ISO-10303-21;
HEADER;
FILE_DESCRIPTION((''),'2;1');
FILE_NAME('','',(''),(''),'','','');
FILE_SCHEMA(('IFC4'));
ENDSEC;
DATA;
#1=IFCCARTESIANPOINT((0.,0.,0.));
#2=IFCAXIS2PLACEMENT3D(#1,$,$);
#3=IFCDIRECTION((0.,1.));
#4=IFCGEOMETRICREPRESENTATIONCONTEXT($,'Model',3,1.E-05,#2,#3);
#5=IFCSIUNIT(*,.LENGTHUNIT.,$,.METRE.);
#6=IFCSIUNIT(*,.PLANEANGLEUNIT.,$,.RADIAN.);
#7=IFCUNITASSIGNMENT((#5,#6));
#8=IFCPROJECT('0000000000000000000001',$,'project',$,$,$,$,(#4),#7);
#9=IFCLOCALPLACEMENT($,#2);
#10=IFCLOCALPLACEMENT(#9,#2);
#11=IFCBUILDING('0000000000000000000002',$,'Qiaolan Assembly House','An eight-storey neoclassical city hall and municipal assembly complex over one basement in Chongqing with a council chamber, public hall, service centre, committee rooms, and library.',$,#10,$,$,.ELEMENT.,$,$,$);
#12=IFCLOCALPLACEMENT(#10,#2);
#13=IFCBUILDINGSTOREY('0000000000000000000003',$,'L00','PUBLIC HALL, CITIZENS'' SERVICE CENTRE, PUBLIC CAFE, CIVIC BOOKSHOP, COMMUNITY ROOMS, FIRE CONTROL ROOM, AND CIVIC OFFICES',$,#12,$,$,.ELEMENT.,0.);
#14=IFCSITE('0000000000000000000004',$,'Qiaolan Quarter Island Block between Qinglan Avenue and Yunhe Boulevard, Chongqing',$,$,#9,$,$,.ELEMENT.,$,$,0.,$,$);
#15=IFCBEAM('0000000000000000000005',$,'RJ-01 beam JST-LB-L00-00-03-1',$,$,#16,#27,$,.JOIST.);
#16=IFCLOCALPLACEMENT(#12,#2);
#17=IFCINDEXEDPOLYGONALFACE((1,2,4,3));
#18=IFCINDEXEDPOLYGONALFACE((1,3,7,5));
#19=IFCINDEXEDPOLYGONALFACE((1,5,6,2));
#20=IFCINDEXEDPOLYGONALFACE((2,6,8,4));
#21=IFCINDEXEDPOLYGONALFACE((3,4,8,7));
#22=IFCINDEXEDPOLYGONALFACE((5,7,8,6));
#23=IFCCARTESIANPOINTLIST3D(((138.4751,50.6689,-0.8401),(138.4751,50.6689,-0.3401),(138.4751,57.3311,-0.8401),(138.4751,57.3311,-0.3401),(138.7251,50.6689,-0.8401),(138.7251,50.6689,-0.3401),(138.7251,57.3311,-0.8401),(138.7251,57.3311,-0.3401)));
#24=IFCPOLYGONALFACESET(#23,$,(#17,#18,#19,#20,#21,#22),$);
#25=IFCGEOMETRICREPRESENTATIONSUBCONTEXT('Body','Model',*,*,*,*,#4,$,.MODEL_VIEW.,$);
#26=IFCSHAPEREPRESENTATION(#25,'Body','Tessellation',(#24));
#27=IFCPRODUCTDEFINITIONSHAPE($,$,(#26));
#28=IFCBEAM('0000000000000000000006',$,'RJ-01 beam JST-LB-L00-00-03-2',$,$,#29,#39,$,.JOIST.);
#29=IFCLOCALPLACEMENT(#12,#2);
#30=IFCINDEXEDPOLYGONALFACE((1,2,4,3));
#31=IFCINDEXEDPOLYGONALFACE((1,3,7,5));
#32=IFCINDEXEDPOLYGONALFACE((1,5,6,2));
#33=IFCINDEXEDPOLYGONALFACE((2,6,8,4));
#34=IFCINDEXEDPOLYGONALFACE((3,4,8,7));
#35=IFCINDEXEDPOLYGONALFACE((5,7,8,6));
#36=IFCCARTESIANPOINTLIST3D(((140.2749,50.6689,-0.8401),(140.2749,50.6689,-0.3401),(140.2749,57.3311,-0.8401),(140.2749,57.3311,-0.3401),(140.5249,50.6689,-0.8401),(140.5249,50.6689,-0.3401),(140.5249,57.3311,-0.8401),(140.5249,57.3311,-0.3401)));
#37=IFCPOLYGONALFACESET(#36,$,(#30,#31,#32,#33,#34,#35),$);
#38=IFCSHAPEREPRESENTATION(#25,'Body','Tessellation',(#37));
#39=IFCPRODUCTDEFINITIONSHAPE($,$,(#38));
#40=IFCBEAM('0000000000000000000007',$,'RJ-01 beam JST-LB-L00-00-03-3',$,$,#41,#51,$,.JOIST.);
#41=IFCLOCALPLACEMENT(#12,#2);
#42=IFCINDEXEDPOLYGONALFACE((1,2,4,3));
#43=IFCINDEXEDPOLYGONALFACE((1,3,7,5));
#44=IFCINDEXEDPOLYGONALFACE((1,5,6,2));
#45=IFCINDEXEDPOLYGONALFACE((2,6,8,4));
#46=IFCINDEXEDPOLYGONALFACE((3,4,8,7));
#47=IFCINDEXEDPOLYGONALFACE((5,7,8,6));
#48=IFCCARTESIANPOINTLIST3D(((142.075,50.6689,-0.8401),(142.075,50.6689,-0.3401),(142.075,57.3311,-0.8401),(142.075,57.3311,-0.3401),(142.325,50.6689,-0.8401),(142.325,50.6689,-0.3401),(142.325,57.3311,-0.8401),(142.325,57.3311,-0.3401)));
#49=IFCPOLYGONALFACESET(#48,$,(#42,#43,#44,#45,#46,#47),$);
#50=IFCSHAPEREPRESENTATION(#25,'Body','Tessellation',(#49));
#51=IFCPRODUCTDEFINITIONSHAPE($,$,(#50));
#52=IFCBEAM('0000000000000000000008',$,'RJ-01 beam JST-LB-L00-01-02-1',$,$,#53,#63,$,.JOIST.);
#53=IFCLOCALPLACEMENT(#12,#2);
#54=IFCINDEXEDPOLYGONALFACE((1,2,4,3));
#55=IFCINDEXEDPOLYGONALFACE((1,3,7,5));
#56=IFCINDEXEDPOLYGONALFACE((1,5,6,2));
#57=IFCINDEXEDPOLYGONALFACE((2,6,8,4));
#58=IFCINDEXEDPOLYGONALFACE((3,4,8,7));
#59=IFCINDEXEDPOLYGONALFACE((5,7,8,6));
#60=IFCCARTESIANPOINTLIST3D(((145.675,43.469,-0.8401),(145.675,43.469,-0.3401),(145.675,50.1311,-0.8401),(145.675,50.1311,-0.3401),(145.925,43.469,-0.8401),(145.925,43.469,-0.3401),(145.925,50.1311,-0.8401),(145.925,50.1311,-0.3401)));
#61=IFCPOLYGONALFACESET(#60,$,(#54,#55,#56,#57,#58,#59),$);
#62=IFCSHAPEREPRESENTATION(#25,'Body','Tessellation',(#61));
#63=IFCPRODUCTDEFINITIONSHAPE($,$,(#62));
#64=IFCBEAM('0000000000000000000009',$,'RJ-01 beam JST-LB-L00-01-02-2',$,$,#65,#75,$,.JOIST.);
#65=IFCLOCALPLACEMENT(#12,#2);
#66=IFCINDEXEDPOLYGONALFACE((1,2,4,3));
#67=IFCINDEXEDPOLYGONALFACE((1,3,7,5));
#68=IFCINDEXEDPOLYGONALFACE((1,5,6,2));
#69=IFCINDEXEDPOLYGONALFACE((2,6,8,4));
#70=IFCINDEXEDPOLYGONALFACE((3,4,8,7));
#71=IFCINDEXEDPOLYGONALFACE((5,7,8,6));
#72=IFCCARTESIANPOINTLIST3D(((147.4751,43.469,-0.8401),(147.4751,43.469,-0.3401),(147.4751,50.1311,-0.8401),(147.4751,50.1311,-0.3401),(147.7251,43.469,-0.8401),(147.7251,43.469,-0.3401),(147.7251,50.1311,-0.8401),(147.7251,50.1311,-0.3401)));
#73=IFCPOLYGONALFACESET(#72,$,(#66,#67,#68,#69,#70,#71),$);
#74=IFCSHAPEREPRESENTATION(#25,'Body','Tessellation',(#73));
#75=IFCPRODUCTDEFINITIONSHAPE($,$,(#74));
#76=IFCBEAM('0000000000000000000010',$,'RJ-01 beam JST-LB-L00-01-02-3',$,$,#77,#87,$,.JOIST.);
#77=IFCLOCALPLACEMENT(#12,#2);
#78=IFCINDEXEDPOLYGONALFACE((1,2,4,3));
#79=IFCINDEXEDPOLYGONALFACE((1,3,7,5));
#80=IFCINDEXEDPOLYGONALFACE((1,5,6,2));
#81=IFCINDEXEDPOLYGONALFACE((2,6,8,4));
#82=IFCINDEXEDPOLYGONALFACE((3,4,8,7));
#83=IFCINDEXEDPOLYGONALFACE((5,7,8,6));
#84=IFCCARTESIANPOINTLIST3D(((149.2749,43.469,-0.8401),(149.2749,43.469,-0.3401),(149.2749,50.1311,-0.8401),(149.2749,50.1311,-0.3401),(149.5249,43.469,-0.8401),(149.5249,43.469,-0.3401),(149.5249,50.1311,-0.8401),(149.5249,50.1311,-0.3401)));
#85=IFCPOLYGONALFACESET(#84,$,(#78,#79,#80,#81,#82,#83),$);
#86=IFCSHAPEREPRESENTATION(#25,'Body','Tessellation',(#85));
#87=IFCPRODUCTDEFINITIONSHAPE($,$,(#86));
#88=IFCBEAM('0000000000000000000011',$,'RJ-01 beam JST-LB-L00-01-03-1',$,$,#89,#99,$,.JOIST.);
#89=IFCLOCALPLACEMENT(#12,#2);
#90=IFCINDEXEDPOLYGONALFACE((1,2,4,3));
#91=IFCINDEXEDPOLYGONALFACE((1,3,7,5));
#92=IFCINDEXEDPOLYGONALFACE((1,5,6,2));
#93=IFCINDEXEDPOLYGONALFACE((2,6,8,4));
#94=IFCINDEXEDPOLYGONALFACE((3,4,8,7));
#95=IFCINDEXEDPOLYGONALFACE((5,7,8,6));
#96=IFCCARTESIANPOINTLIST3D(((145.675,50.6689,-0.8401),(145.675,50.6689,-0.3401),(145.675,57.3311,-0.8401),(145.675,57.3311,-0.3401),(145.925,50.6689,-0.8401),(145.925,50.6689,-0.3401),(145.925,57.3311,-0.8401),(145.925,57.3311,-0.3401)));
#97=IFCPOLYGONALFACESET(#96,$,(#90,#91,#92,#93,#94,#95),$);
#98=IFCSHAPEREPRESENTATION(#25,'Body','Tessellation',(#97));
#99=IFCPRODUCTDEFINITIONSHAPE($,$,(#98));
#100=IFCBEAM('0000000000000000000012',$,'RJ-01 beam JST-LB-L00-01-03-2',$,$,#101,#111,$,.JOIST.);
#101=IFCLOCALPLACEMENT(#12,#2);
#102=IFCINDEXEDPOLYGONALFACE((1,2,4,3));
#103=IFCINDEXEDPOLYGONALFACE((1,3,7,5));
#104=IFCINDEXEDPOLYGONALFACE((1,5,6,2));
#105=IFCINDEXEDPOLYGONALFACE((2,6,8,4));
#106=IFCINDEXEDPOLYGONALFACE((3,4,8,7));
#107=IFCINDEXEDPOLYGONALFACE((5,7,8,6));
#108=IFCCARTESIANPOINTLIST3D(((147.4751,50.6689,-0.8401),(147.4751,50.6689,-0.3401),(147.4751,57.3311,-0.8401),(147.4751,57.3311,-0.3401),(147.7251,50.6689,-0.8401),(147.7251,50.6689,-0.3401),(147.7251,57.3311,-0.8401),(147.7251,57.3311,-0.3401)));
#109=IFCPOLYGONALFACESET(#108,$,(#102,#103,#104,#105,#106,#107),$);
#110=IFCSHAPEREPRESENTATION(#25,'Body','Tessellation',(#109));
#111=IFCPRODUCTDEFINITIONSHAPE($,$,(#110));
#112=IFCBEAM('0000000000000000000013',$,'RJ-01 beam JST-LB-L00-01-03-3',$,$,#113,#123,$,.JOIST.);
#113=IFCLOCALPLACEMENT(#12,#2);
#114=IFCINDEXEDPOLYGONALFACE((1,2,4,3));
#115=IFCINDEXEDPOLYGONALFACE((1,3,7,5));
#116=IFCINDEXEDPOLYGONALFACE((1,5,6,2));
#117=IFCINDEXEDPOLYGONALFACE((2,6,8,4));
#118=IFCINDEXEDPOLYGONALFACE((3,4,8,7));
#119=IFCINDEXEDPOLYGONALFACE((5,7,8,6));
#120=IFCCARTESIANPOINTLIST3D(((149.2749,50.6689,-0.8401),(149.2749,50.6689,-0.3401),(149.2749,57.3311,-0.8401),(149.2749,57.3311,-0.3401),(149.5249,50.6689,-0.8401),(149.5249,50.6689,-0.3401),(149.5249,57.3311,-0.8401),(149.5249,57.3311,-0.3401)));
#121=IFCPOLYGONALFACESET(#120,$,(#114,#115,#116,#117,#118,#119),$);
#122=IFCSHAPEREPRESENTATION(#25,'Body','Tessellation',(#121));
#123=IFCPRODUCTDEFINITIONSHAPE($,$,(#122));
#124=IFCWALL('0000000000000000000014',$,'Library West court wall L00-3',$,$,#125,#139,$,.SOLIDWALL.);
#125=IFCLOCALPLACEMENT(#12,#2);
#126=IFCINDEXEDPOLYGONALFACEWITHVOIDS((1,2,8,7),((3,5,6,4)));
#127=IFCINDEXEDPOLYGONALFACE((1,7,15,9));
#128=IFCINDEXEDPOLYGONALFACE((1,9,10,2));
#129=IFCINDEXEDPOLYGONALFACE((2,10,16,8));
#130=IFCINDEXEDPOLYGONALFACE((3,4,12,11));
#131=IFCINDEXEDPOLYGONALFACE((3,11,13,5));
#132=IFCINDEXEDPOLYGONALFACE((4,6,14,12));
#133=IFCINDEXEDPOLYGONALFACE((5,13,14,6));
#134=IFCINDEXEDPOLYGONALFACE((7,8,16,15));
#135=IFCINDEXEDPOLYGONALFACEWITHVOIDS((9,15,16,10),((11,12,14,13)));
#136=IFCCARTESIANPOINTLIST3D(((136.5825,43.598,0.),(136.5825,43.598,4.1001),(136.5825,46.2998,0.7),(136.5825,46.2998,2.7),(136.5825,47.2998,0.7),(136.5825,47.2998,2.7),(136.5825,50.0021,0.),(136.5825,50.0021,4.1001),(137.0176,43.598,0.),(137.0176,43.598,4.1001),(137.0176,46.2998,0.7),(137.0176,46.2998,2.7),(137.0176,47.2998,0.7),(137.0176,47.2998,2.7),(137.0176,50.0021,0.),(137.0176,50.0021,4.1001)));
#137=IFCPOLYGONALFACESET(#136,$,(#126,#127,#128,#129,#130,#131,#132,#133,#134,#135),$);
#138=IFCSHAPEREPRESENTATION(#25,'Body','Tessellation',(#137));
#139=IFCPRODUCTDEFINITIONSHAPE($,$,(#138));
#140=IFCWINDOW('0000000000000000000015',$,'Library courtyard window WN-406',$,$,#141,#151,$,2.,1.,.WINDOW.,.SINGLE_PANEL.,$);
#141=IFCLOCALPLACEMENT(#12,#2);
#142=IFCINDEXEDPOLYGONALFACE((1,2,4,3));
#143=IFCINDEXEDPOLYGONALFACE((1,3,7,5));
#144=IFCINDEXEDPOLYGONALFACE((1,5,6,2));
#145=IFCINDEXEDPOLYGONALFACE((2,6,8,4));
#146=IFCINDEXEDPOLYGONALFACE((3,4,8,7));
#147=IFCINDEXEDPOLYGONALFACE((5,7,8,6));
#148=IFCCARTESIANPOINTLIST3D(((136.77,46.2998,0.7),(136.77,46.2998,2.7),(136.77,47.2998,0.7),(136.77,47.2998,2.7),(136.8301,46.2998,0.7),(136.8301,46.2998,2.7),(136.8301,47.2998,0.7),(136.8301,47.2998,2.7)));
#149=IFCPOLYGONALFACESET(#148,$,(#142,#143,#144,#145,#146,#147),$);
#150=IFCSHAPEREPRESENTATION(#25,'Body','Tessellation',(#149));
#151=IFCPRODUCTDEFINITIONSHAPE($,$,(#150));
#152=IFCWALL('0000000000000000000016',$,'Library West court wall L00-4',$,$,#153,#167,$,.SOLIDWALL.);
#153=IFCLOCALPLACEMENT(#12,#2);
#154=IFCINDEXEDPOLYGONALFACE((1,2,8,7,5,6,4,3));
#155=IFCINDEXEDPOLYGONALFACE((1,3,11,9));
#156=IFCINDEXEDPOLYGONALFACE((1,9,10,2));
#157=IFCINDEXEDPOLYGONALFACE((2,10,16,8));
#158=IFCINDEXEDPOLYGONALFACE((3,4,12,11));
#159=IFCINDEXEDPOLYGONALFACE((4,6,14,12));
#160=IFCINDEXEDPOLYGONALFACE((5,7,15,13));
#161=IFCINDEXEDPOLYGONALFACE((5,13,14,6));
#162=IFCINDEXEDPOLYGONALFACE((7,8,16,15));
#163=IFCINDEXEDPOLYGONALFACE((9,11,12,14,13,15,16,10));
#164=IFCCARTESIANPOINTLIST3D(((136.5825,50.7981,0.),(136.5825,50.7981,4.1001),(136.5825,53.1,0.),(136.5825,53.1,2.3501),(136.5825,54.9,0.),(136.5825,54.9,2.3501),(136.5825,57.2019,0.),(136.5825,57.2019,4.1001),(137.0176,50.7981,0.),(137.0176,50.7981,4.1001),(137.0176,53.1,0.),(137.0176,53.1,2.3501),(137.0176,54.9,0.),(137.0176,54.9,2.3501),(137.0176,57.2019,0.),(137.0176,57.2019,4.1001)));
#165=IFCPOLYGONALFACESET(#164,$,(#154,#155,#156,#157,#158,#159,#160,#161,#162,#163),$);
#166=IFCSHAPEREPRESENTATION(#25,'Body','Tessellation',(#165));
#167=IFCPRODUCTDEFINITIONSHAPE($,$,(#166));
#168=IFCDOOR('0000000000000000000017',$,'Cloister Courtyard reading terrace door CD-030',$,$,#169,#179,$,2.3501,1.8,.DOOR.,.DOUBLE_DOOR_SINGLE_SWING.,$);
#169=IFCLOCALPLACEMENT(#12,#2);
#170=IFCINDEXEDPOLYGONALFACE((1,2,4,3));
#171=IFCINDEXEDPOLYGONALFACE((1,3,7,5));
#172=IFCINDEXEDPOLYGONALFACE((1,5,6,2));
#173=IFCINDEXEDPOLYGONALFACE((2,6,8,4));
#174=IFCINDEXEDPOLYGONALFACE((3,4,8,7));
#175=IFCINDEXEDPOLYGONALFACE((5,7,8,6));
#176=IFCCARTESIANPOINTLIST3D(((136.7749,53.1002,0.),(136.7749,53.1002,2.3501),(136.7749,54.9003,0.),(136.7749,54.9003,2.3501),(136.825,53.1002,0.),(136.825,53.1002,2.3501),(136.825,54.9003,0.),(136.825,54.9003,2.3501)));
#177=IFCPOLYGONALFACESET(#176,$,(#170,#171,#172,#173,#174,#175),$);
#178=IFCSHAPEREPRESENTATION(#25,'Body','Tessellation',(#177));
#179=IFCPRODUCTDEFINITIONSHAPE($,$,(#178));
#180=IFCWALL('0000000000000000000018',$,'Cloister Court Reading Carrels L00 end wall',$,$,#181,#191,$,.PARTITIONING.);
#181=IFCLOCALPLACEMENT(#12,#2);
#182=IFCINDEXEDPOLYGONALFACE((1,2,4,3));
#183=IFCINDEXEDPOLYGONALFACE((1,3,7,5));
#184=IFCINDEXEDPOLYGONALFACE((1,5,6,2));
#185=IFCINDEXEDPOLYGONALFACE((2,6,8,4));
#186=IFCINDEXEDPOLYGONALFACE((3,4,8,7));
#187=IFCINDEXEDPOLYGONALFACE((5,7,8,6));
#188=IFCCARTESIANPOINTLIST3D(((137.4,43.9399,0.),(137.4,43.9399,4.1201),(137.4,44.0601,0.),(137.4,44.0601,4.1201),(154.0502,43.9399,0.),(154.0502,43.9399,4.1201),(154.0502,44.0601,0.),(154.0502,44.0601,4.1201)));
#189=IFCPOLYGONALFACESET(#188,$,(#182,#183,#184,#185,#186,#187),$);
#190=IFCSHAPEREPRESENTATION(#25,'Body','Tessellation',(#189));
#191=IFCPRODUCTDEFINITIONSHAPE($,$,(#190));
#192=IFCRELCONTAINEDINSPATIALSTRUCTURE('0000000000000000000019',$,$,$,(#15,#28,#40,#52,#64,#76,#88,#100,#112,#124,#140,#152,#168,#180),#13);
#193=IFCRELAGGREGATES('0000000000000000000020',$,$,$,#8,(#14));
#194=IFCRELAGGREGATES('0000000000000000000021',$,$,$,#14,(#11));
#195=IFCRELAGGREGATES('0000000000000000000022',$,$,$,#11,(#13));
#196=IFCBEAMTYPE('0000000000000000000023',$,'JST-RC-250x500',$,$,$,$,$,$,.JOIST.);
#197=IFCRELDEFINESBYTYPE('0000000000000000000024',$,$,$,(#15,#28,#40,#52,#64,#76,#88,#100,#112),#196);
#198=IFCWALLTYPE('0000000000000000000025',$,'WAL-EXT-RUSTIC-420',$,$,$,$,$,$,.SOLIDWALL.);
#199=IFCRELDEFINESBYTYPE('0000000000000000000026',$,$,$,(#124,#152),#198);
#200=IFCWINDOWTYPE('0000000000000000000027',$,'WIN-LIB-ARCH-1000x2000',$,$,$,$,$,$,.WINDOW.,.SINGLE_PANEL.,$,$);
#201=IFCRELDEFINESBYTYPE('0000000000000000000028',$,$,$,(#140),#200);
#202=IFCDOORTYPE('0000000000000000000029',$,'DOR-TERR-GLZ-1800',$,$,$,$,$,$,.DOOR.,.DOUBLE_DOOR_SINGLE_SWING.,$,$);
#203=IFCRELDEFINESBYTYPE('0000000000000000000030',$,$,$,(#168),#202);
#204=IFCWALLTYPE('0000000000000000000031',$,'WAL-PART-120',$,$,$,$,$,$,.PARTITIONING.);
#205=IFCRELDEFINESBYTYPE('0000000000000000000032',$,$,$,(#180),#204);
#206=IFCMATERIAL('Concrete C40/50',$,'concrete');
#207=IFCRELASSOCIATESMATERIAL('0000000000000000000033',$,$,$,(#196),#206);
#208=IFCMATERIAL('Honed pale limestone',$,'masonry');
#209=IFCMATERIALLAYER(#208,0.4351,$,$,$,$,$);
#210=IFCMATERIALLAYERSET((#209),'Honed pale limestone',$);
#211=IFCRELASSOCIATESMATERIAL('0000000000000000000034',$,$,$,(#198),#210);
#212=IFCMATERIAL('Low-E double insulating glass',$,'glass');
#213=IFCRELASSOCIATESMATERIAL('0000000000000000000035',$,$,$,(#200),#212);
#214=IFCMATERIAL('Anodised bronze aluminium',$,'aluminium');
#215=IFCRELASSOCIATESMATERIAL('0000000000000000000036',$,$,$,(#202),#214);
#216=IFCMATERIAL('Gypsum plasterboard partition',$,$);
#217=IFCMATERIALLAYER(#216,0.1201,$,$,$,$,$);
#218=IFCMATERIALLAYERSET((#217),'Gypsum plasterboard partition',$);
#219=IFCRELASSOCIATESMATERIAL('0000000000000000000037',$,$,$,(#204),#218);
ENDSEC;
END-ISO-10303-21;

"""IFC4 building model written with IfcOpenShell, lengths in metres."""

from ifc_helpers import new_model, si_unit, direction, frame, frame_2d, origin, origin_2d, place, context, subcontext, project, spatial, rectangle, extrude, material, layer, layer_set, material_profile, profile_set, type_object, element, fill, save


model = new_model("IFC4")

# Units and contexts
model_context = context("Model", 3, precision=1e-05, world=origin(), true_north=direction((0.0, 1.0)))
body_context = subcontext(model_context, "Body", "Model", "MODEL_VIEW")
ifc_project = project(units=[si_unit("LENGTHUNIT", "METRE"), si_unit("PLANEANGLEUNIT", "RADIAN")], contexts=[model_context])

# Site, building, storey
site_placement = place(None, origin())
site = spatial("IfcSite", under=ifc_project, at=site_placement, Name="Qiaolan Quarter Island Block between Qinglan Avenue and Yunhe Boulevard, Chongqing", CompositionType="ELEMENT", RefElevation=0.0)
building_placement = place(site_placement, origin())
building = spatial("IfcBuilding", under=site, at=building_placement, Name="Qiaolan Assembly House", Description="An eight-storey neoclassical city hall and municipal assembly complex over one basement in Chongqing with a council chamber, public hall, service centre, committee rooms, and library.", CompositionType="ELEMENT")
storey_placement = place(building_placement, origin())
storey = spatial("IfcBuildingStorey", under=building, at=storey_placement, Name="L00", Description="PUBLIC HALL, CITIZENS' SERVICE CENTRE, PUBLIC CAFE, CIVIC BOOKSHOP, COMMUNITY ROOMS, FIRE CONTROL ROOM, AND CIVIC OFFICES", CompositionType="ELEMENT", Elevation=0.0)

# Beams
ifc_material_1 = material(Name="Concrete C40/50", Category="concrete")
ifc_material_profile_1 = material_profile(ifc_material_1, rectangle(XDim=0.25, YDim=0.5, at=origin_2d()), Name="RCB 250x500")
ifc_profile_set_1 = profile_set([ifc_material_profile_1], Name="Concrete C40/50")
beam_type_1 = type_object("IfcBeamType", Name="JST-RC-250x500", PredefinedType="JOIST", material=ifc_profile_set_1)
for number, where, z_axis, x_axis, name in (
    (1, (138.6001, 50.6689, -0.5901), (0.0, 1.0, 0.0), (-1.0, 0.0, 0.0), "RJ-01 beam JST-LB-L00-00-03-1"),
    (2, (140.3999, 50.6689, -0.5901), (0.0, 1.0, 0.0), (-1.0, 0.0, 0.0), "RJ-01 beam JST-LB-L00-00-03-2"),
    (3, (142.2, 50.6689, -0.5901), (0.0, 1.0, 0.0), (-1.0, 0.0, 0.0), "RJ-01 beam JST-LB-L00-00-03-3"),
    (4, (145.8, 43.469, -0.5901), (0.0, 1.0, 0.0), (-1.0, 0.0, 0.0), "RJ-01 beam JST-LB-L00-01-02-1"),
    (5, (147.6001, 43.469, -0.5901), (0.0, 1.0, 0.0), (-1.0, 0.0, 0.0), "RJ-01 beam JST-LB-L00-01-02-2"),
    (6, (149.3999, 43.469, -0.5901), (0.0, 1.0, 0.0), (-1.0, 0.0, 0.0), "RJ-01 beam JST-LB-L00-01-02-3"),
    (7, (145.8, 50.6689, -0.5901), (0.0, 1.0, 0.0), (-1.0, 0.0, 0.0), "RJ-01 beam JST-LB-L00-01-03-1"),
    (8, (147.6001, 50.6689, -0.5901), (0.0, 1.0, 0.0), (-1.0, 0.0, 0.0), "RJ-01 beam JST-LB-L00-01-03-2"),
    (9, (149.3999, 50.6689, -0.5901), (0.0, 1.0, 0.0), (-1.0, 0.0, 0.0), "RJ-01 beam JST-LB-L00-01-03-3"),
):
    element("IfcBeam", number, at=place(storey_placement, frame(where, z_axis=z_axis, x_axis=x_axis)), inside=storey, type_object=beam_type_1, Name=name, PredefinedType="JOIST", context=body_context, shape_type="SweptSolid", body=[
        extrude(rectangle(XDim=0.25, YDim=0.5, at=origin_2d()), origin(), (0.0, 0.0, 1.0), 6.6621),
    ])

# Wall, opening, window
ifc_material_2 = material(Name="Honed pale limestone", Category="masonry")
ifc_layer_1 = layer(ifc_material_2, 0.4351)
ifc_layer_set_1 = layer_set([ifc_layer_1], Name="Honed pale limestone")
wall_type_1 = type_object("IfcWallType", Name="WAL-EXT-RUSTIC-420", PredefinedType="SOLIDWALL", material=ifc_layer_set_1)
wall_1_placement = place(storey_placement, frame((136.8, 43.5979, 0.0), z_axis=(0.0, 0.0, 1.0), x_axis=(0.0, 1.0, 0.0)))
wall_1 = element("IfcWall", 10, at=wall_1_placement, inside=storey, type_object=wall_type_1, Name="Library West court wall L00-3", PredefinedType="SOLIDWALL", context=body_context, shape_type="SweptSolid", body=[
    extrude(rectangle(XDim=6.4041, YDim=0.4351, at=frame_2d((3.2021, 0.0))), origin(), (0.0, 0.0, 1.0), 4.1001),
])
opening_1_placement = place(wall_1_placement, frame((2.7019, 0.0, 0.7)))
opening_1 = element("IfcOpeningElement", 11, at=opening_1_placement, cuts=wall_1, PredefinedType="OPENING", context=body_context, shape_type="SweptSolid", body=[
    extrude(rectangle(XDim=1.0, YDim=2.0, at=frame_2d((0.5, 1.0))), frame((0.0, 0.2275, 0.0), z_axis=(0.0, -1.0, 0.0), x_axis=(1.0, 0.0, 0.0)), (0.0, 0.0, 1.0), 0.4551),
])
ifc_material_3 = material(Name="Low-E double insulating glass", Category="glass")
window_type = type_object("IfcWindowType", Name="WIN-LIB-ARCH-1000x2000", PartitioningType="SINGLE_PANEL", PredefinedType="WINDOW", material=ifc_material_3)
window_placement = place(opening_1_placement, origin())
window = element("IfcWindow", 12, at=window_placement, inside=storey, type_object=window_type, Name="Library courtyard window WN-406", OverallHeight=2.0, OverallWidth=1.0, PartitioningType="SINGLE_PANEL", PredefinedType="WINDOW", context=body_context, shape_type="SweptSolid", body=[
    extrude(rectangle(XDim=1.0, YDim=2.0, at=frame_2d((0.5, 1.0))), frame((0.0, 0.03, 0.0), z_axis=(0.0, -1.0, 0.0), x_axis=(1.0, 0.0, 0.0)), (0.0, 0.0, 1.0), 0.0601),
])
fill(opening_1, window)

# Wall, opening, door
wall_2_placement = place(storey_placement, frame((136.8, 50.7981, 0.0), z_axis=(0.0, 0.0, 1.0), x_axis=(0.0, 1.0, 0.0)))
wall_2 = element("IfcWall", 13, at=wall_2_placement, inside=storey, type_object=wall_type_1, Name="Library West court wall L00-4", PredefinedType="SOLIDWALL", context=body_context, shape_type="SweptSolid", body=[
    extrude(rectangle(XDim=6.4038, YDim=0.4351, at=frame_2d((3.2019, 0.0))), origin(), (0.0, 0.0, 1.0), 4.1001),
])
opening_2_placement = place(wall_2_placement, frame((2.302, 0.0, 0.0)))
opening_2 = element("IfcOpeningElement", 14, at=opening_2_placement, cuts=wall_2, PredefinedType="OPENING", context=body_context, shape_type="SweptSolid", body=[
    extrude(rectangle(XDim=1.8, YDim=2.3501, at=frame_2d((0.8999, 1.175))), frame((0.0, 0.2275, 0.0), z_axis=(0.0, -1.0, 0.0), x_axis=(1.0, 0.0, 0.0)), (0.0, 0.0, 1.0), 0.4551),
])
ifc_material_4 = material(Name="Anodised bronze aluminium", Category="aluminium")
door_type = type_object("IfcDoorType", Name="DOR-TERR-GLZ-1800", OperationType="DOUBLE_DOOR_SINGLE_SWING", PredefinedType="DOOR", material=ifc_material_4)
door_placement = place(opening_2_placement, frame((1.8, 0.0, 0.0), z_axis=(0.0, 0.0, 1.0), x_axis=(-1.0, 0.0, 0.0)))
door = element("IfcDoor", 15, at=door_placement, inside=storey, type_object=door_type, Name="Cloister Courtyard reading terrace door CD-030", OperationType="DOUBLE_DOOR_SINGLE_SWING", OverallHeight=2.3501, OverallWidth=1.8, PredefinedType="DOOR", context=body_context, shape_type="SweptSolid", body=[
    extrude(rectangle(XDim=1.8, YDim=2.3501, at=frame_2d((0.8999, 1.175))), frame((0.0, 0.0249, 0.0), z_axis=(0.0, -1.0, 0.0), x_axis=(1.0, 0.0, 0.0)), (0.0, 0.0, 1.0), 0.05),
])
fill(opening_2, door)

# Wall
ifc_material_5 = material(Name="Gypsum plasterboard partition")
ifc_layer_2 = layer(ifc_material_5, 0.1201)
ifc_layer_set_2 = layer_set([ifc_layer_2], Name="Gypsum plasterboard partition")
wall_type_2 = type_object("IfcWallType", Name="WAL-PART-120", PredefinedType="PARTITIONING", material=ifc_layer_set_2)
wall_3_placement = place(storey_placement, frame((137.3999, 44.0, 0.0), z_axis=(0.0, 0.0, 1.0), x_axis=(1.0, 0.0, 0.0)))
element("IfcWall", 16, at=wall_3_placement, inside=storey, type_object=wall_type_2, Name="Cloister Court Reading Carrels L00 end wall", PredefinedType="PARTITIONING", context=body_context, shape_type="SweptSolid", body=[
    extrude(rectangle(XDim=16.6501, YDim=0.1201, at=frame_2d((8.3252, 0.0))), origin(), (0.0, 0.0, 1.0), 4.1201),
])

save(model, "model.ifc")
